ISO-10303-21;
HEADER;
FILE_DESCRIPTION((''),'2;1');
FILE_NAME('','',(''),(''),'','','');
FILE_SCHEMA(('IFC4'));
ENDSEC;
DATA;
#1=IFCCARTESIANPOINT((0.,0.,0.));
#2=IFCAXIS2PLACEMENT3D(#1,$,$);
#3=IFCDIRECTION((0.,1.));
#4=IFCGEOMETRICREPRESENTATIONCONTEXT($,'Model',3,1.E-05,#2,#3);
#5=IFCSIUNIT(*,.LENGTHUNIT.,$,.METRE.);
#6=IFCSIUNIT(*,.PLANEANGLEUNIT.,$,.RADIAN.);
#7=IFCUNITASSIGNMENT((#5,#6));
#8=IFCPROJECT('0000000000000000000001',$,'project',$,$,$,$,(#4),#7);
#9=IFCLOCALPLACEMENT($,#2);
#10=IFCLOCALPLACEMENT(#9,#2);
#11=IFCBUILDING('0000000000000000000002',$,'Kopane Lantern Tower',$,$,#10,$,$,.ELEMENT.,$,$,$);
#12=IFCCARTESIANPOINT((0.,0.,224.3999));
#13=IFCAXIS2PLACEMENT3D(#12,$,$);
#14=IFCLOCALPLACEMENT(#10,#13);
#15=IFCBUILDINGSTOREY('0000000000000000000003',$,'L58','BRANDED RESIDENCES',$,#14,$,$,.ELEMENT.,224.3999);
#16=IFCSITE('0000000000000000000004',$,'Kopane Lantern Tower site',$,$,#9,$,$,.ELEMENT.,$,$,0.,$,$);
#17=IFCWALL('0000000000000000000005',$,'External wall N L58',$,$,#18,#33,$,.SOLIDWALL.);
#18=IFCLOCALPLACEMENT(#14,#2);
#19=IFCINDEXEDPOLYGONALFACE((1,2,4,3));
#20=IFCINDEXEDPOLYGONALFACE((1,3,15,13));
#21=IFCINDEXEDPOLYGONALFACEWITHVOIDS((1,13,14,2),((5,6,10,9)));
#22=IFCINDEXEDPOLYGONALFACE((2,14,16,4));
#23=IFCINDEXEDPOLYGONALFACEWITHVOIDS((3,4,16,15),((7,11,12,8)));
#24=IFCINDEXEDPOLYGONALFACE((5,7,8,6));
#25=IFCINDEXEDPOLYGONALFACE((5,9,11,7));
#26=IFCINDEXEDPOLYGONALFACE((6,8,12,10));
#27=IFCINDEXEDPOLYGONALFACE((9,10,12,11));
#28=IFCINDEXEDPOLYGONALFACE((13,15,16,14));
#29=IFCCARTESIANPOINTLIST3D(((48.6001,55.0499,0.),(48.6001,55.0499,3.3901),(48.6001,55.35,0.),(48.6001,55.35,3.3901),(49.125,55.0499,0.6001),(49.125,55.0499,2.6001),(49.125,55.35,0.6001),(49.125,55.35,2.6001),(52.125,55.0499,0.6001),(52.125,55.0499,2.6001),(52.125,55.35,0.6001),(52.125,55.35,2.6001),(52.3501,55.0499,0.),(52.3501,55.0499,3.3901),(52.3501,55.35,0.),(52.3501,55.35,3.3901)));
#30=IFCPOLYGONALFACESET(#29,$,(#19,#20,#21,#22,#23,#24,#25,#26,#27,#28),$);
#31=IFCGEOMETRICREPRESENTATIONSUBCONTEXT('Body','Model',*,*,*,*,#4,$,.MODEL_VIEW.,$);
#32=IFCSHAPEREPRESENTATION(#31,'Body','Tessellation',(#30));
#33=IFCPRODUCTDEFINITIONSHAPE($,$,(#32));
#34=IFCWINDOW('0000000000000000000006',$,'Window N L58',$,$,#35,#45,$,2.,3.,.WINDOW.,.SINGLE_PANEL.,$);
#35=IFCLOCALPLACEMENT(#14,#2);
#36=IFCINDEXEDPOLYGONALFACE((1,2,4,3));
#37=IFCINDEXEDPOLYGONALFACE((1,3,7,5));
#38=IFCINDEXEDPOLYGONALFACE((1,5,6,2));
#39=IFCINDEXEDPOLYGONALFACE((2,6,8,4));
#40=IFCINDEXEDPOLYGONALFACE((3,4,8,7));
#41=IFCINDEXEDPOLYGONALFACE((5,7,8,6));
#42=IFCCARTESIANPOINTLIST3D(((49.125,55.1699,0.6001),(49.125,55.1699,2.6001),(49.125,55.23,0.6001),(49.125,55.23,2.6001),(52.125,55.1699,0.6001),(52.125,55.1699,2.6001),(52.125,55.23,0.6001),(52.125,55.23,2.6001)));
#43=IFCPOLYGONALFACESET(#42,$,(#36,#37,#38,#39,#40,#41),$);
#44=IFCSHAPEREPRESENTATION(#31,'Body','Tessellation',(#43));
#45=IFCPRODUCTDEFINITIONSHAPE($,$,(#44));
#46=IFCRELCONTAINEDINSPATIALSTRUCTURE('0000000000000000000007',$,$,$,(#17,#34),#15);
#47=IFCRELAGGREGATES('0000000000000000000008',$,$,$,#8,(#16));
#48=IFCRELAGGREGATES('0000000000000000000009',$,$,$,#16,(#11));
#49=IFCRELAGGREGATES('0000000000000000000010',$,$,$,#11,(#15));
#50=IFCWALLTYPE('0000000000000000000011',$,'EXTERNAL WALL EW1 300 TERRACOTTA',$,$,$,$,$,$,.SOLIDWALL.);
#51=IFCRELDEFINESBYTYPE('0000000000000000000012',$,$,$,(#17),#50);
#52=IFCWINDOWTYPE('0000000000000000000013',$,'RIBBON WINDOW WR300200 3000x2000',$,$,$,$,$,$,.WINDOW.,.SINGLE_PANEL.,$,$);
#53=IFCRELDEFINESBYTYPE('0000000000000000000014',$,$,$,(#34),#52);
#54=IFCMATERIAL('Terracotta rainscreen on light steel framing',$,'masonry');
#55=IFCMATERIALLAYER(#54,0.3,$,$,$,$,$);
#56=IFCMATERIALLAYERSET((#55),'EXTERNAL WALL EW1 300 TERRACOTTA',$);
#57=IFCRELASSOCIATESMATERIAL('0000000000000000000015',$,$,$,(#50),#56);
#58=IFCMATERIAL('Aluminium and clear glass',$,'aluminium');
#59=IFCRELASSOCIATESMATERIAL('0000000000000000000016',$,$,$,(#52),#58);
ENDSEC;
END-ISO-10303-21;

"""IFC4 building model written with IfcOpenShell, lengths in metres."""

from ifc_helpers import new_model, si_unit, direction, frame, frame_2d, origin, place, context, subcontext, project, spatial, rectangle, extrude, material, layer, layer_set, type_object, element, fill, save


model = new_model("IFC4")

# Units and contexts
model_context = context("Model", 3, precision=1e-05, world=origin(), true_north=direction((0.0, 1.0)))
body_context = subcontext(model_context, "Body", "Model", "MODEL_VIEW")
ifc_project = project(units=[si_unit("LENGTHUNIT", "METRE"), si_unit("PLANEANGLEUNIT", "RADIAN")], contexts=[model_context])

# Site, building, storey
site_placement = place(None, origin())
site = spatial("IfcSite", under=ifc_project, at=site_placement, Name="Kopane Lantern Tower site", CompositionType="ELEMENT", RefElevation=0.0)
building_placement = place(site_placement, origin())
building = spatial("IfcBuilding", under=site, at=building_placement, Name="Kopane Lantern Tower", CompositionType="ELEMENT")
storey_placement = place(building_placement, frame((0.0, 0.0, 224.3999)))
storey = spatial("IfcBuildingStorey", under=building, at=storey_placement, Name="L58", Description="BRANDED RESIDENCES", CompositionType="ELEMENT", Elevation=224.3999)

# Wall, opening, window
ifc_material_1 = material(Name="Terracotta rainscreen on light steel framing", Category="masonry")
ifc_layer = layer(ifc_material_1, 0.3)
ifc_layer_set = layer_set([ifc_layer], Name="EXTERNAL WALL EW1 300 TERRACOTTA")
wall_type = type_object("IfcWallType", Name="EXTERNAL WALL EW1 300 TERRACOTTA", PredefinedType="SOLIDWALL", material=ifc_layer_set)
ifc_material_2 = material(Name="Aluminium and clear glass", Category="aluminium")
window_type = type_object("IfcWindowType", Name="RIBBON WINDOW WR300200 3000x2000", PartitioningType="SINGLE_PANEL", PredefinedType="WINDOW", material=ifc_material_2)
wall_1_placement = place(storey_placement, frame((52.3501, 55.2, 0.0), z_axis=(0.0, 0.0, 1.0), x_axis=(-1.0, 0.0, 0.0)))
wall_1 = element("IfcWall", 1, at=wall_1_placement, inside=storey, type_object=wall_type, Name="External wall N L58", PredefinedType="SOLIDWALL", context=body_context, shape_type="SweptSolid", body=[
    extrude(rectangle(XDim=3.75, YDim=0.3, at=frame_2d((1.875, 0.0))), origin(), (0.0, 0.0, 1.0), 3.3901),
])
opening_1_placement = place(wall_1_placement, frame((0.2251, 0.0, 0.6001)))
opening_1 = element("IfcOpeningElement", 2, at=opening_1_placement, cuts=wall_1, PredefinedType="OPENING", context=body_context, shape_type="SweptSolid", body=[
    extrude(rectangle(XDim=3.0, YDim=2.0, at=frame_2d((1.5, 1.0))), frame((0.0, 0.1599, 0.0), z_axis=(0.0, -1.0, 0.0), x_axis=(1.0, 0.0, 0.0)), (0.0, 0.0, 1.0), 0.3201),
])
window_1_placement = place(opening_1_placement, origin())
window_1 = element("IfcWindow", 3, at=window_1_placement, inside=storey, type_object=window_type, Name="Window N L58", OverallHeight=2.0, OverallWidth=3.0, PartitioningType="SINGLE_PANEL", PredefinedType="WINDOW", context=body_context, shape_type="SweptSolid", body=[
    extrude(rectangle(XDim=3.0, YDim=2.0, at=frame_2d((1.5, 1.0))), frame((0.0, 0.03, 0.0), z_axis=(0.0, -1.0, 0.0), x_axis=(1.0, 0.0, 0.0)), (0.0, 0.0, 1.0), 0.0601),
])
fill(opening_1, window_1)

save(model, "model.ifc")
